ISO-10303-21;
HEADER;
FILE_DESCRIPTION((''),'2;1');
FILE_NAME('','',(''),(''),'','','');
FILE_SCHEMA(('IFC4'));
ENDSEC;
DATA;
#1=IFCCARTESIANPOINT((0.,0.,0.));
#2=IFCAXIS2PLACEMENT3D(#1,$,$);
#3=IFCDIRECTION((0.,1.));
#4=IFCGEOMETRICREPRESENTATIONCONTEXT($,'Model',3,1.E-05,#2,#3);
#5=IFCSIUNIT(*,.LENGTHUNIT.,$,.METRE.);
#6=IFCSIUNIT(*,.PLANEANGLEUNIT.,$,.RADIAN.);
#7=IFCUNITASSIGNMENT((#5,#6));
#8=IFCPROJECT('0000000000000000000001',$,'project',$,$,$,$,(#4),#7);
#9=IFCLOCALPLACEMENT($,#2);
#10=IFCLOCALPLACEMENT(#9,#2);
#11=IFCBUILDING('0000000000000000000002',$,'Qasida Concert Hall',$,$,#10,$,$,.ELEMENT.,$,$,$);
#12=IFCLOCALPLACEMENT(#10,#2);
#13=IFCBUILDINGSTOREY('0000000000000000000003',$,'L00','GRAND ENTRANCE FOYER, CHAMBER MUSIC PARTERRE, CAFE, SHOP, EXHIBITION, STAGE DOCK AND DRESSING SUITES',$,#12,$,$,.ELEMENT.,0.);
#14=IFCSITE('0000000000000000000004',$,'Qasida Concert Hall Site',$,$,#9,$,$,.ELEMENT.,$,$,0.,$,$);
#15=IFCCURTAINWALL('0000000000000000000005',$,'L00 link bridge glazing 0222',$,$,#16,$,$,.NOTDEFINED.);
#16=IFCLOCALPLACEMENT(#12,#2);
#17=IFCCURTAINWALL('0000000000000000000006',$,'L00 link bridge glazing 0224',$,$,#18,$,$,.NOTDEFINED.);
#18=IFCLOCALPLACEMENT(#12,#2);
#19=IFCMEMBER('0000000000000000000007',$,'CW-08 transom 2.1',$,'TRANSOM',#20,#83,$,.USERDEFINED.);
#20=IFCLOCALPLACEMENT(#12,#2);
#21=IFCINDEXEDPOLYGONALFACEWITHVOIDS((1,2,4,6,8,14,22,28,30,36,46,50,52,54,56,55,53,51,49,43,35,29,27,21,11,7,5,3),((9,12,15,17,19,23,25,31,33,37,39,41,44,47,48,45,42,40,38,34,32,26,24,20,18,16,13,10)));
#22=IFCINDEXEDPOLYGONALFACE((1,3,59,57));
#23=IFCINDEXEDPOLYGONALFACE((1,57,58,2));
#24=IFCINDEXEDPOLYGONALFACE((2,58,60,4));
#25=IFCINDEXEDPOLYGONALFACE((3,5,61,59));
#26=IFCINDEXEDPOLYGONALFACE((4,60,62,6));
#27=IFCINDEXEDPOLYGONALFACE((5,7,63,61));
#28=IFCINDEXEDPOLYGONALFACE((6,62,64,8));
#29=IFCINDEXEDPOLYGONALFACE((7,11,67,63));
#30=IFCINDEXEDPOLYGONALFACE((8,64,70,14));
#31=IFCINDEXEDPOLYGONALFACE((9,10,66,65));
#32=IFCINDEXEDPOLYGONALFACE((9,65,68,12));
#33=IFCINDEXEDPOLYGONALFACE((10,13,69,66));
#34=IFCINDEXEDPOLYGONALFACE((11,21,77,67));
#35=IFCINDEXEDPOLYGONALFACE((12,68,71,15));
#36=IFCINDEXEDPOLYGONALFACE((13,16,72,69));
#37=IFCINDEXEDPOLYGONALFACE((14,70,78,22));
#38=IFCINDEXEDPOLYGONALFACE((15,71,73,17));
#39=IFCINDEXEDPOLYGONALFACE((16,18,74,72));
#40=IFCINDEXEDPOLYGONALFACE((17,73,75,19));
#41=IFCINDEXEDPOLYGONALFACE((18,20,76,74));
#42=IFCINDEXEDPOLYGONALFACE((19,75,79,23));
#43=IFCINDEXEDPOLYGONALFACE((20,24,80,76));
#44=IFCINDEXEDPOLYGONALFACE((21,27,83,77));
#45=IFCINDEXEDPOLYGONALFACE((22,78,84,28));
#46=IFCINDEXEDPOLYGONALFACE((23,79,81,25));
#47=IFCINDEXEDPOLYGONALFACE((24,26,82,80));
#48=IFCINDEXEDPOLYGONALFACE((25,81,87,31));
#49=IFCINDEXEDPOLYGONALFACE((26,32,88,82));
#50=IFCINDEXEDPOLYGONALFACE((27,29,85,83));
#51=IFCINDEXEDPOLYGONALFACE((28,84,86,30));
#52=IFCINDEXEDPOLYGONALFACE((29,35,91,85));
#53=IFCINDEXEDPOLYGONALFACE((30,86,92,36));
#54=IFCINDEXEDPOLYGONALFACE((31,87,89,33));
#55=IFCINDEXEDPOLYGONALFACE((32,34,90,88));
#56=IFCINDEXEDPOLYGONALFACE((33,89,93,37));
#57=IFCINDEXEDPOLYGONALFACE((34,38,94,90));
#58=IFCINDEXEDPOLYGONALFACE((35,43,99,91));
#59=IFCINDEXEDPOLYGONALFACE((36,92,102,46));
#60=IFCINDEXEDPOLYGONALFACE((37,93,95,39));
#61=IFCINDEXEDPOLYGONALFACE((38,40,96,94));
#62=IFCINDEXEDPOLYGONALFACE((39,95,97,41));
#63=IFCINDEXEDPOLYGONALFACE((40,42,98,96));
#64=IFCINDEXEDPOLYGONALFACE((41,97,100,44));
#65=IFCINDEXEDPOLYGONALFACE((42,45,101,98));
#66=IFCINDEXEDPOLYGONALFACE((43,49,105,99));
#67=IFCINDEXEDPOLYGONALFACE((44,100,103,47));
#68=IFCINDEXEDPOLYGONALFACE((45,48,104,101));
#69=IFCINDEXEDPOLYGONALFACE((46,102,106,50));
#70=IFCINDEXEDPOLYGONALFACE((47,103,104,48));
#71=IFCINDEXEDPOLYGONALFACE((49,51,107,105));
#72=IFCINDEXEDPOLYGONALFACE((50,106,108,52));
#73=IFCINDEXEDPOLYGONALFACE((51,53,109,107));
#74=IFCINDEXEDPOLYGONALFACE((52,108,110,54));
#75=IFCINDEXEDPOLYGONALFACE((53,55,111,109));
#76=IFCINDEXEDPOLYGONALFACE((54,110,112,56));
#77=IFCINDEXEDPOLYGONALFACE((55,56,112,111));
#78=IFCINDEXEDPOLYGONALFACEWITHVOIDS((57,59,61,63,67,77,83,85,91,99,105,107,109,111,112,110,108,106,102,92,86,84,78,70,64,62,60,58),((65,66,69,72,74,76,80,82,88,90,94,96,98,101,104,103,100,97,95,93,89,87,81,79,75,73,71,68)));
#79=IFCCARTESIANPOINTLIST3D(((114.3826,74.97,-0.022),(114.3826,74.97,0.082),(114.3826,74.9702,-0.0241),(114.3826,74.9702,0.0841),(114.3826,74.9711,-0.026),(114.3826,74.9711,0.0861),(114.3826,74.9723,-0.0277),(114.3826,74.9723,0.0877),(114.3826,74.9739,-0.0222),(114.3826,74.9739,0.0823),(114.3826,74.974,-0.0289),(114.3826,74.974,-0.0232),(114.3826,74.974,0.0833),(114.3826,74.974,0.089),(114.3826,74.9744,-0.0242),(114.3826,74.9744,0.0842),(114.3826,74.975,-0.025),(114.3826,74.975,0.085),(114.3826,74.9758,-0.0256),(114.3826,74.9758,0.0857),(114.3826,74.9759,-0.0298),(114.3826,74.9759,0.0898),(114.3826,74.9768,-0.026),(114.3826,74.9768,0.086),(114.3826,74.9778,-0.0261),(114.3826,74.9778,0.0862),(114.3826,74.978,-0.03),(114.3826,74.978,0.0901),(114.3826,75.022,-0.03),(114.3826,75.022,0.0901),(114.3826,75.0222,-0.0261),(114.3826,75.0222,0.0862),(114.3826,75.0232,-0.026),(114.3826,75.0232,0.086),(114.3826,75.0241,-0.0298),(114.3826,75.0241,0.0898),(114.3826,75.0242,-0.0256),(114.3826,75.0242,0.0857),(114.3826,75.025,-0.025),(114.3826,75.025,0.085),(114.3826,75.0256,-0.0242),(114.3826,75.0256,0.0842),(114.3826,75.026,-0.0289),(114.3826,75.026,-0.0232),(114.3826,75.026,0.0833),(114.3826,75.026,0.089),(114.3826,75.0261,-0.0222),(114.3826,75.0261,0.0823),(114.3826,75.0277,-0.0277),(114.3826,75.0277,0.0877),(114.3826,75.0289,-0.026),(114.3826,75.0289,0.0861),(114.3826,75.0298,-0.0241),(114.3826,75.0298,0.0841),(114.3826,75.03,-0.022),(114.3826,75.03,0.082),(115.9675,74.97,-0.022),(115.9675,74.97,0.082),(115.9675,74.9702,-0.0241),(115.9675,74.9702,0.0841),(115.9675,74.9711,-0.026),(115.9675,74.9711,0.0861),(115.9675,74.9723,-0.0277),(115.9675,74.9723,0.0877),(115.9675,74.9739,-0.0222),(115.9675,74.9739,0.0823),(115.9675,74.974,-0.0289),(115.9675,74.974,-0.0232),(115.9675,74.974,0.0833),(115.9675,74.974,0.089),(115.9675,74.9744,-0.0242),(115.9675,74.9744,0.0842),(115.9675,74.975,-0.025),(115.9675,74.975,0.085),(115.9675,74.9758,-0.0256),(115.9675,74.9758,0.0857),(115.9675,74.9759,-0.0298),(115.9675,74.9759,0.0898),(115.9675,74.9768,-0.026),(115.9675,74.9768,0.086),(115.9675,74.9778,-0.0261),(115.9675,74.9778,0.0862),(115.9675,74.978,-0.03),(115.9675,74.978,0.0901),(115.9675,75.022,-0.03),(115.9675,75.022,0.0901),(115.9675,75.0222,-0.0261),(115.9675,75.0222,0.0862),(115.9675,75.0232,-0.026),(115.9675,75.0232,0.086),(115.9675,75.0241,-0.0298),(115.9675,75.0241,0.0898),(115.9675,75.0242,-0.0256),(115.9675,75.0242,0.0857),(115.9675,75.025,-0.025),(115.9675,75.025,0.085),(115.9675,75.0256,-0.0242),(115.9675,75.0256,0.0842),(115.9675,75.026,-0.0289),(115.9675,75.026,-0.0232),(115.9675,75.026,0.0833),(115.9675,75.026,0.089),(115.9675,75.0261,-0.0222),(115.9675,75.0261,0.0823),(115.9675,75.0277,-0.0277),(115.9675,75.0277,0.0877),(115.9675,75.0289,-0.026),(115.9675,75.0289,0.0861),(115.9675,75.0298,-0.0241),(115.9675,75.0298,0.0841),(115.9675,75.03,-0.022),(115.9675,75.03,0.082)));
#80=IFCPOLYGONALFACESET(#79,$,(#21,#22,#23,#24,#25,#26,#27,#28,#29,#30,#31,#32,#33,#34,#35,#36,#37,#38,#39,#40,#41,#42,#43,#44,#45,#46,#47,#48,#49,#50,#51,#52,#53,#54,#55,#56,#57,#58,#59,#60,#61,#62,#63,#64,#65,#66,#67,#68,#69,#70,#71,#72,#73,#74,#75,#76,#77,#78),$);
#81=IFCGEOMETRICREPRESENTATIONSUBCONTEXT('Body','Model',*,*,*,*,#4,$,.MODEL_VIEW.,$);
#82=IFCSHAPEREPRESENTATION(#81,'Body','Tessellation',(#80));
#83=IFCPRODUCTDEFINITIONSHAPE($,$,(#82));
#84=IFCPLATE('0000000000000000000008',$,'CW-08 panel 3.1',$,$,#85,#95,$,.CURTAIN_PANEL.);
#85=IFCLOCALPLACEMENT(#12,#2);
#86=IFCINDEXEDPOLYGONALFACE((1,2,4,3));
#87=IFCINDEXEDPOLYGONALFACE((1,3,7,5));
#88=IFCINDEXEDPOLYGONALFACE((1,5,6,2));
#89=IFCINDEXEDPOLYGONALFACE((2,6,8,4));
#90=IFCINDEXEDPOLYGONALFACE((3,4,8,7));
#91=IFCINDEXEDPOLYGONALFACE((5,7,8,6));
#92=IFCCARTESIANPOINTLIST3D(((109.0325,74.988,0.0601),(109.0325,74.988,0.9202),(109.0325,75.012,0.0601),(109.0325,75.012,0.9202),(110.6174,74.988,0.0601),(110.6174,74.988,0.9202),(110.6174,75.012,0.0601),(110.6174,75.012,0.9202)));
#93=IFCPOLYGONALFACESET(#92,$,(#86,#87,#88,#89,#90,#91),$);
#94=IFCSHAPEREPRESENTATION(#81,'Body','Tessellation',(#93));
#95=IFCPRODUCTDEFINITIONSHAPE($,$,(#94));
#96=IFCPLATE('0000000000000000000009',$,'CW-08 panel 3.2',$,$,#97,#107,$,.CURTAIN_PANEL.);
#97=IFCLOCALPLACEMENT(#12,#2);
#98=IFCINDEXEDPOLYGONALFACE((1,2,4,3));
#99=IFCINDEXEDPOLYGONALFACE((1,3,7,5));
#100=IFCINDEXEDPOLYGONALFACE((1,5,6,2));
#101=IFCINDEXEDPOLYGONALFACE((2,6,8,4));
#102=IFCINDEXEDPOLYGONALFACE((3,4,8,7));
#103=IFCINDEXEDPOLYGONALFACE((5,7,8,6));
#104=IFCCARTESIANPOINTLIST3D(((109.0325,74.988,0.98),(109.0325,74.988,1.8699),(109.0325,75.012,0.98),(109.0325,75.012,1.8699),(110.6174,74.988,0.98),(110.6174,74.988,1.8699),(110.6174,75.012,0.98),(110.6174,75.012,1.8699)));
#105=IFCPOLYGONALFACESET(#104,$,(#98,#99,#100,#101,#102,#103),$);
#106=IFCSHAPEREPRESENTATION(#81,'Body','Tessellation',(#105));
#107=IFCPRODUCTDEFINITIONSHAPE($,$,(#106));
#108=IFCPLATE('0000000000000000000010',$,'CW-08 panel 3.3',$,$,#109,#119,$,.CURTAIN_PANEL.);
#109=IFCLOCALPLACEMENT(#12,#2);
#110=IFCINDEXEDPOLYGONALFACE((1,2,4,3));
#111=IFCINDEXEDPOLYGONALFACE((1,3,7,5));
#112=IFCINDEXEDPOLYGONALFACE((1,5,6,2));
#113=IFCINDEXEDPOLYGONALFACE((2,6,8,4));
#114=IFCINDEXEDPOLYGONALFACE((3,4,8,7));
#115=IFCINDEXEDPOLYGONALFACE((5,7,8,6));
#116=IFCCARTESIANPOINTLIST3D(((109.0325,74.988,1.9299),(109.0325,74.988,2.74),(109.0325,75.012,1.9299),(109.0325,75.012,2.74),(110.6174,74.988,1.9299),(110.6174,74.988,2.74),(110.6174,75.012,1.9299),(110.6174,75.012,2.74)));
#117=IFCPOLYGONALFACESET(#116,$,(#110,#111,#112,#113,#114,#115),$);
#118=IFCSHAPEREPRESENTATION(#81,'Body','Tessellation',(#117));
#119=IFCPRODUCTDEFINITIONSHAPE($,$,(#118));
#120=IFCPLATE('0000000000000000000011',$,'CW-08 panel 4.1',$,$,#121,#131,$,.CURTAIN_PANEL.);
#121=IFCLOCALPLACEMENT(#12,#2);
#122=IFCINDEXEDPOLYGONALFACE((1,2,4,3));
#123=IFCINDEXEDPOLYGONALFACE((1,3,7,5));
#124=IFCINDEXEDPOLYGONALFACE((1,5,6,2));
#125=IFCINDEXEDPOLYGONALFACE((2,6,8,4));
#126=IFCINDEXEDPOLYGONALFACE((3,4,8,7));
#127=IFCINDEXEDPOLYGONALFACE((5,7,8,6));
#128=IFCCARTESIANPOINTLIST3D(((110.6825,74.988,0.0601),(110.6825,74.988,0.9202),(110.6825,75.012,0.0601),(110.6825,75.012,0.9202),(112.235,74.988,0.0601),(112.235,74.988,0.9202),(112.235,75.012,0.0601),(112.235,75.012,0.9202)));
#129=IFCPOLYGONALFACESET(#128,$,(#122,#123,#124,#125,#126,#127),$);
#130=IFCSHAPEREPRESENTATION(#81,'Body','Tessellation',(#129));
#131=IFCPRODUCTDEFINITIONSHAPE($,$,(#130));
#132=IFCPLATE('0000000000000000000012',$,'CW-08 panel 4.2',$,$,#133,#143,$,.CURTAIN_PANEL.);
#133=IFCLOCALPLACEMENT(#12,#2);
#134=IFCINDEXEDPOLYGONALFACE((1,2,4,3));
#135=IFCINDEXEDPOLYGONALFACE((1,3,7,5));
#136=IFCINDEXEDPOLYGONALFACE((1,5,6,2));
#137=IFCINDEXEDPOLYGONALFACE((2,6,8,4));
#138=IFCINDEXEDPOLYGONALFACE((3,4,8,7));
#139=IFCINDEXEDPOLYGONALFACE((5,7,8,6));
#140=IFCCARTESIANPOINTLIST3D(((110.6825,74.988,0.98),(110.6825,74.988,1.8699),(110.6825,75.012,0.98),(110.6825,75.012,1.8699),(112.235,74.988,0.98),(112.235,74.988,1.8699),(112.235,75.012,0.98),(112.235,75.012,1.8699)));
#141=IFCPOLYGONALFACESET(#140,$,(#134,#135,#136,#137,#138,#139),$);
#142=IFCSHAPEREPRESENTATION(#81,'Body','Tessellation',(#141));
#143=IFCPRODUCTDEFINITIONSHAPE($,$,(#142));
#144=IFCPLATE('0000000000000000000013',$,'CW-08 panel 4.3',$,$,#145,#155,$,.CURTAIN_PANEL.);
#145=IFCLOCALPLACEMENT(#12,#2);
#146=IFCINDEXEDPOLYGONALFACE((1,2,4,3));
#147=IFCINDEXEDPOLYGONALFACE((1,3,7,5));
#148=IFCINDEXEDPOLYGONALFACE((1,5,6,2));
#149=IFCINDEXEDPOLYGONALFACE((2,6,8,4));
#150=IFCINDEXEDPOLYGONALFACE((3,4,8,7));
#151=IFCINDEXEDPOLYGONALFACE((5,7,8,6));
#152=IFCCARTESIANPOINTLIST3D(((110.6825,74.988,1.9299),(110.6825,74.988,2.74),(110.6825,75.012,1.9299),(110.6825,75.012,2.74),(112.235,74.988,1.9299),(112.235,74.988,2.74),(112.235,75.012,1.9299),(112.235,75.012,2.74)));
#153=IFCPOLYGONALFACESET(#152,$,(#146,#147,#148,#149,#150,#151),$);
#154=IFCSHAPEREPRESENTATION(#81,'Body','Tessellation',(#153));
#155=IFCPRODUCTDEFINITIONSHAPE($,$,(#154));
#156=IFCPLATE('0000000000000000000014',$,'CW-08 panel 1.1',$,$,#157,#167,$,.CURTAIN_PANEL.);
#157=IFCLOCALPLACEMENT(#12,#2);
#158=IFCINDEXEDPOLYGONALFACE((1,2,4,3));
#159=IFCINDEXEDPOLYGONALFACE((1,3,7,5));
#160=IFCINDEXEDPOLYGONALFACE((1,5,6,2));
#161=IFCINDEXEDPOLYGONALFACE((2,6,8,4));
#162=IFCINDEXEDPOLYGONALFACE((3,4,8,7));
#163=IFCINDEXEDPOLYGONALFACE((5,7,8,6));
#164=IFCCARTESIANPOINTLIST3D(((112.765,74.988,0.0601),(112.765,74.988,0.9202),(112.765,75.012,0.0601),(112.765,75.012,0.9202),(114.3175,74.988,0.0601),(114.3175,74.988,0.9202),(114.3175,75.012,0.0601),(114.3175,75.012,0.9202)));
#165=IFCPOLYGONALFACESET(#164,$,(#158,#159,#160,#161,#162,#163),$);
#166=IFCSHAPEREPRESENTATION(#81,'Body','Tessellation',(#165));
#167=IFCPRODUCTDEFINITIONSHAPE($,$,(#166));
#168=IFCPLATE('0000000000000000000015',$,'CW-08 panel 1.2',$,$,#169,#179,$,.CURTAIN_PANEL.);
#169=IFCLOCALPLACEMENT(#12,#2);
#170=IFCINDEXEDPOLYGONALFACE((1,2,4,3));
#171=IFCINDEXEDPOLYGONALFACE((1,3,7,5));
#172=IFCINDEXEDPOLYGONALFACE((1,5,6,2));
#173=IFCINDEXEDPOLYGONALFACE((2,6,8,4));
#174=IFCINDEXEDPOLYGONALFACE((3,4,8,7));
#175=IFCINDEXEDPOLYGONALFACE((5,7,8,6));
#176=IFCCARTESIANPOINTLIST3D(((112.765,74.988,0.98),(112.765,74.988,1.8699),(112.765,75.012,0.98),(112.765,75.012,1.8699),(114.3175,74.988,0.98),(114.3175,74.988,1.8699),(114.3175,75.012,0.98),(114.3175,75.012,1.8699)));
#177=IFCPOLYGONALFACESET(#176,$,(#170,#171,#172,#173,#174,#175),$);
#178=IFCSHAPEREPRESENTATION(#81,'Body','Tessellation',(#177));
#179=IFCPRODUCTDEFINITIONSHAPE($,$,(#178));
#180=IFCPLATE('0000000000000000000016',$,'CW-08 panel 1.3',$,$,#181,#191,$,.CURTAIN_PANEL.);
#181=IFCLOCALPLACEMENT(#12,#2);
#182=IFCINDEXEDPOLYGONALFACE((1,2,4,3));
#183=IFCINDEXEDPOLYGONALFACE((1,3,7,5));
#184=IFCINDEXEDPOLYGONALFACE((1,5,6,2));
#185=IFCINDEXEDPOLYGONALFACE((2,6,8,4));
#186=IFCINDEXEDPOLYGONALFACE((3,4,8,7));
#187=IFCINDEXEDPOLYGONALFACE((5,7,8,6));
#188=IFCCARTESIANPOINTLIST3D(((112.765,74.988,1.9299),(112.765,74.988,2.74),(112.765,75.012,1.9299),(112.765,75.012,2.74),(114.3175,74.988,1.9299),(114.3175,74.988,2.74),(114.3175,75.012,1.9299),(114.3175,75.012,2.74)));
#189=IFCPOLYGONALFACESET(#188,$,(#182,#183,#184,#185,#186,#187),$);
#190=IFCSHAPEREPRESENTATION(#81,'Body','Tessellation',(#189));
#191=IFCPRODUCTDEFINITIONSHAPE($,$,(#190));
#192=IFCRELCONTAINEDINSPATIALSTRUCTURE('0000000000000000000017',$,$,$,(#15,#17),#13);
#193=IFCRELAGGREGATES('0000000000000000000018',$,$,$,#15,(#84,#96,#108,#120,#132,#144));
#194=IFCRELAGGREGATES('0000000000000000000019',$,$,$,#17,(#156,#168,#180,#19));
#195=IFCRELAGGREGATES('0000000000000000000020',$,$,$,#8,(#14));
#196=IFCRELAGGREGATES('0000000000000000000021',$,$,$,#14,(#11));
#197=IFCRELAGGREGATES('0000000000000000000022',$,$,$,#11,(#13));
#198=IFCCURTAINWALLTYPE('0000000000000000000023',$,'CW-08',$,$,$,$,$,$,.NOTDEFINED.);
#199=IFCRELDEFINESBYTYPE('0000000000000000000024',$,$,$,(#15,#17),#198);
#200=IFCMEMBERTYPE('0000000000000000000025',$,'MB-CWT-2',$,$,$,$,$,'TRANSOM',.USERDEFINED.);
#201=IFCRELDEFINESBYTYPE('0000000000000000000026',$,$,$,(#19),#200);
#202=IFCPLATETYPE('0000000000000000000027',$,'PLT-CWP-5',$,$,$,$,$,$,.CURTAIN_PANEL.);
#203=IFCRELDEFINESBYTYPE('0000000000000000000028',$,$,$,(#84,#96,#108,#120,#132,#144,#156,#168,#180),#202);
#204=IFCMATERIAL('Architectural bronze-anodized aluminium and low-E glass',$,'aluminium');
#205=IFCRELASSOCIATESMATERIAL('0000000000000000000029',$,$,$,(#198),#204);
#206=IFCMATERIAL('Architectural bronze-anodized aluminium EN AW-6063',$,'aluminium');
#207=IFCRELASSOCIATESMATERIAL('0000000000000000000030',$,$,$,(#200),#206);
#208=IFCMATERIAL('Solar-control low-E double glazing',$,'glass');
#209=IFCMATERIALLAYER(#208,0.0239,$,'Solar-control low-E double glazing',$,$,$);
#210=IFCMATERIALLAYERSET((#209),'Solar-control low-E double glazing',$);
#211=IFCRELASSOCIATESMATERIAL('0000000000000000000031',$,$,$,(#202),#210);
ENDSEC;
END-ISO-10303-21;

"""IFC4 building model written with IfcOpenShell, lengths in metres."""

from ifc_helpers import new_model, si_unit, direction, frame, origin, origin_2d, place, context, subcontext, project, spatial, rectangle, hollow_rectangle, extrude, material, layer, layer_set, material_profile, profile_set, type_object, element, aggregate, save


model = new_model("IFC4")

# Units and contexts
model_context = context("Model", 3, precision=1e-05, world=origin(), true_north=direction((0.0, 1.0)))
body_context = subcontext(model_context, "Body", "Model", "MODEL_VIEW")
ifc_project = project(units=[si_unit("LENGTHUNIT", "METRE"), si_unit("PLANEANGLEUNIT", "RADIAN")], contexts=[model_context])

# Site, building, storey
site_placement = place(None, origin())
site = spatial("IfcSite", under=ifc_project, at=site_placement, Name="Qasida Concert Hall Site", CompositionType="ELEMENT", RefElevation=0.0)
building_placement = place(site_placement, origin())
building = spatial("IfcBuilding", under=site, at=building_placement, Name="Qasida Concert Hall", CompositionType="ELEMENT")
storey_placement = place(building_placement, origin())
storey = spatial("IfcBuildingStorey", under=building, at=storey_placement, Name="L00", Description="GRAND ENTRANCE FOYER, CHAMBER MUSIC PARTERRE, CAFE, SHOP, EXHIBITION, STAGE DOCK AND DRESSING SUITES", CompositionType="ELEMENT", Elevation=0.0)

# Curtain walls
ifc_material_1 = material(Name="Architectural bronze-anodized aluminium and low-E glass", Category="aluminium")
curtain_wall_type = type_object("IfcCurtainWallType", Name="CW-08", PredefinedType="NOTDEFINED", material=ifc_material_1)
curtain_wall_1_placement = place(storey_placement, origin())
curtain_wall_1 = element("IfcCurtainWall", 1, at=curtain_wall_1_placement, inside=storey, type_object=curtain_wall_type, Name="L00 link bridge glazing 0222", PredefinedType="NOTDEFINED")
ifc_material_2 = material(Name="Architectural bronze-anodized aluminium EN AW-6063", Category="aluminium")
curtain_wall_2_placement = place(storey_placement, origin())
curtain_wall_2 = element("IfcCurtainWall", 2, at=curtain_wall_2_placement, inside=storey, type_object=curtain_wall_type, Name="L00 link bridge glazing 0224", PredefinedType="NOTDEFINED")

# Member
ifc_material_profile_1 = material_profile(ifc_material_2, hollow_rectangle(XDim=0.0601, YDim=0.1201, WallThickness=0.0039, InnerFilletRadius=0.0039, OuterFilletRadius=0.0081, at=origin_2d()), Name="CWT 120x60x4")
ifc_profile_set_1 = profile_set([ifc_material_profile_1], Name="Architectural bronze-anodized aluminium EN AW-6063")
member_type_1 = type_object("IfcMemberType", Name="MB-CWT-2", ElementType="TRANSOM", PredefinedType="USERDEFINED", material=ifc_profile_set_1)
member_1_placement = place(storey_placement, frame((114.3826, 75.0, 0.03), z_axis=(1.0, 0.0, 0.0), x_axis=(0.0, 1.0, 0.0)))
member_1 = element("IfcMember", 3, at=member_1_placement, type_object=member_type_1, Name="CW-08 transom 2.1", ObjectType="TRANSOM", PredefinedType="USERDEFINED", context=body_context, shape_type="SweptSolid", body=[
    extrude(hollow_rectangle(XDim=0.0601, YDim=0.1201, WallThickness=0.0039, InnerFilletRadius=0.0039, OuterFilletRadius=0.0081, at=origin_2d()), origin(), (0.0, 0.0, 1.0), 1.585),
])

# Plates
ifc_material_3 = material(Name="Solar-control low-E double glazing", Category="glass")
ifc_layer = layer(ifc_material_3, 0.0239, Name="Solar-control low-E double glazing")
ifc_layer_set = layer_set([ifc_layer], Name="Solar-control low-E double glazing")
plate_type = type_object("IfcPlateType", Name="PLT-CWP-5", PredefinedType="CURTAIN_PANEL", material=ifc_layer_set)
plate_1_placement = place(storey_placement, frame((109.825, 75.0, 0.0601), z_axis=(0.0, 0.0, 1.0), x_axis=(1.0, 0.0, 0.0)))
plate_1 = element("IfcPlate", 4, at=plate_1_placement, type_object=plate_type, Name="CW-08 panel 3.1", PredefinedType="CURTAIN_PANEL", context=body_context, shape_type="SweptSolid", body=[
    extrude(rectangle(XDim=1.585, YDim=0.0239, at=origin_2d()), origin(), (0.0, 0.0, 1.0), 0.8601),
])
plate_2_placement = place(storey_placement, frame((109.825, 75.0, 0.98), z_axis=(0.0, 0.0, 1.0), x_axis=(1.0, 0.0, 0.0)))
plate_2 = element("IfcPlate", 5, at=plate_2_placement, type_object=plate_type, Name="CW-08 panel 3.2", PredefinedType="CURTAIN_PANEL", context=body_context, shape_type="SweptSolid", body=[
    extrude(rectangle(XDim=1.585, YDim=0.0239, at=origin_2d()), origin(), (0.0, 0.0, 1.0), 0.8899),
])
plate_3_placement = place(storey_placement, frame((109.825, 75.0, 1.9299), z_axis=(0.0, 0.0, 1.0), x_axis=(1.0, 0.0, 0.0)))
plate_3 = element("IfcPlate", 6, at=plate_3_placement, type_object=plate_type, Name="CW-08 panel 3.3", PredefinedType="CURTAIN_PANEL", context=body_context, shape_type="SweptSolid", body=[
    extrude(rectangle(XDim=1.585, YDim=0.0239, at=origin_2d()), origin(), (0.0, 0.0, 1.0), 0.8101),
])
plate_4_placement = place(storey_placement, frame((111.4587, 75.0, 0.0601), z_axis=(0.0, 0.0, 1.0), x_axis=(1.0, 0.0, 0.0)))
plate_4 = element("IfcPlate", 7, at=plate_4_placement, type_object=plate_type, Name="CW-08 panel 4.1", PredefinedType="CURTAIN_PANEL", context=body_context, shape_type="SweptSolid", body=[
    extrude(rectangle(XDim=1.5525, YDim=0.0239, at=origin_2d()), origin(), (0.0, 0.0, 1.0), 0.8601),
])
plate_5_placement = place(storey_placement, frame((111.4587, 75.0, 0.98), z_axis=(0.0, 0.0, 1.0), x_axis=(1.0, 0.0, 0.0)))
plate_5 = element("IfcPlate", 8, at=plate_5_placement, type_object=plate_type, Name="CW-08 panel 4.2", PredefinedType="CURTAIN_PANEL", context=body_context, shape_type="SweptSolid", body=[
    extrude(rectangle(XDim=1.5525, YDim=0.0239, at=origin_2d()), origin(), (0.0, 0.0, 1.0), 0.8899),
])
plate_6_placement = place(storey_placement, frame((111.4587, 75.0, 1.9299), z_axis=(0.0, 0.0, 1.0), x_axis=(1.0, 0.0, 0.0)))
plate_6 = element("IfcPlate", 9, at=plate_6_placement, type_object=plate_type, Name="CW-08 panel 4.3", PredefinedType="CURTAIN_PANEL", context=body_context, shape_type="SweptSolid", body=[
    extrude(rectangle(XDim=1.5525, YDim=0.0239, at=origin_2d()), origin(), (0.0, 0.0, 1.0), 0.8101),
])
aggregate(curtain_wall_1, [plate_1, plate_2, plate_3, plate_4, plate_5, plate_6])
plate_7_placement = place(storey_placement, frame((113.5413, 75.0, 0.0601), z_axis=(0.0, 0.0, 1.0), x_axis=(1.0, 0.0, 0.0)))
plate_7 = element("IfcPlate", 10, at=plate_7_placement, type_object=plate_type, Name="CW-08 panel 1.1", PredefinedType="CURTAIN_PANEL", context=body_context, shape_type="SweptSolid", body=[
    extrude(rectangle(XDim=1.5525, YDim=0.0239, at=origin_2d()), origin(), (0.0, 0.0, 1.0), 0.8601),
])
plate_8_placement = place(storey_placement, frame((113.5413, 75.0, 0.98), z_axis=(0.0, 0.0, 1.0), x_axis=(1.0, 0.0, 0.0)))
plate_8 = element("IfcPlate", 11, at=plate_8_placement, type_object=plate_type, Name="CW-08 panel 1.2", PredefinedType="CURTAIN_PANEL", context=body_context, shape_type="SweptSolid", body=[
    extrude(rectangle(XDim=1.5525, YDim=0.0239, at=origin_2d()), origin(), (0.0, 0.0, 1.0), 0.8899),
])
plate_9_placement = place(storey_placement, frame((113.5413, 75.0, 1.9299), z_axis=(0.0, 0.0, 1.0), x_axis=(1.0, 0.0, 0.0)))
plate_9 = element("IfcPlate", 12, at=plate_9_placement, type_object=plate_type, Name="CW-08 panel 1.3", PredefinedType="CURTAIN_PANEL", context=body_context, shape_type="SweptSolid", body=[
    extrude(rectangle(XDim=1.5525, YDim=0.0239, at=origin_2d()), origin(), (0.0, 0.0, 1.0), 0.8101),
])
aggregate(curtain_wall_2, [plate_7, plate_8, plate_9, member_1])

save(model, "model.ifc")
